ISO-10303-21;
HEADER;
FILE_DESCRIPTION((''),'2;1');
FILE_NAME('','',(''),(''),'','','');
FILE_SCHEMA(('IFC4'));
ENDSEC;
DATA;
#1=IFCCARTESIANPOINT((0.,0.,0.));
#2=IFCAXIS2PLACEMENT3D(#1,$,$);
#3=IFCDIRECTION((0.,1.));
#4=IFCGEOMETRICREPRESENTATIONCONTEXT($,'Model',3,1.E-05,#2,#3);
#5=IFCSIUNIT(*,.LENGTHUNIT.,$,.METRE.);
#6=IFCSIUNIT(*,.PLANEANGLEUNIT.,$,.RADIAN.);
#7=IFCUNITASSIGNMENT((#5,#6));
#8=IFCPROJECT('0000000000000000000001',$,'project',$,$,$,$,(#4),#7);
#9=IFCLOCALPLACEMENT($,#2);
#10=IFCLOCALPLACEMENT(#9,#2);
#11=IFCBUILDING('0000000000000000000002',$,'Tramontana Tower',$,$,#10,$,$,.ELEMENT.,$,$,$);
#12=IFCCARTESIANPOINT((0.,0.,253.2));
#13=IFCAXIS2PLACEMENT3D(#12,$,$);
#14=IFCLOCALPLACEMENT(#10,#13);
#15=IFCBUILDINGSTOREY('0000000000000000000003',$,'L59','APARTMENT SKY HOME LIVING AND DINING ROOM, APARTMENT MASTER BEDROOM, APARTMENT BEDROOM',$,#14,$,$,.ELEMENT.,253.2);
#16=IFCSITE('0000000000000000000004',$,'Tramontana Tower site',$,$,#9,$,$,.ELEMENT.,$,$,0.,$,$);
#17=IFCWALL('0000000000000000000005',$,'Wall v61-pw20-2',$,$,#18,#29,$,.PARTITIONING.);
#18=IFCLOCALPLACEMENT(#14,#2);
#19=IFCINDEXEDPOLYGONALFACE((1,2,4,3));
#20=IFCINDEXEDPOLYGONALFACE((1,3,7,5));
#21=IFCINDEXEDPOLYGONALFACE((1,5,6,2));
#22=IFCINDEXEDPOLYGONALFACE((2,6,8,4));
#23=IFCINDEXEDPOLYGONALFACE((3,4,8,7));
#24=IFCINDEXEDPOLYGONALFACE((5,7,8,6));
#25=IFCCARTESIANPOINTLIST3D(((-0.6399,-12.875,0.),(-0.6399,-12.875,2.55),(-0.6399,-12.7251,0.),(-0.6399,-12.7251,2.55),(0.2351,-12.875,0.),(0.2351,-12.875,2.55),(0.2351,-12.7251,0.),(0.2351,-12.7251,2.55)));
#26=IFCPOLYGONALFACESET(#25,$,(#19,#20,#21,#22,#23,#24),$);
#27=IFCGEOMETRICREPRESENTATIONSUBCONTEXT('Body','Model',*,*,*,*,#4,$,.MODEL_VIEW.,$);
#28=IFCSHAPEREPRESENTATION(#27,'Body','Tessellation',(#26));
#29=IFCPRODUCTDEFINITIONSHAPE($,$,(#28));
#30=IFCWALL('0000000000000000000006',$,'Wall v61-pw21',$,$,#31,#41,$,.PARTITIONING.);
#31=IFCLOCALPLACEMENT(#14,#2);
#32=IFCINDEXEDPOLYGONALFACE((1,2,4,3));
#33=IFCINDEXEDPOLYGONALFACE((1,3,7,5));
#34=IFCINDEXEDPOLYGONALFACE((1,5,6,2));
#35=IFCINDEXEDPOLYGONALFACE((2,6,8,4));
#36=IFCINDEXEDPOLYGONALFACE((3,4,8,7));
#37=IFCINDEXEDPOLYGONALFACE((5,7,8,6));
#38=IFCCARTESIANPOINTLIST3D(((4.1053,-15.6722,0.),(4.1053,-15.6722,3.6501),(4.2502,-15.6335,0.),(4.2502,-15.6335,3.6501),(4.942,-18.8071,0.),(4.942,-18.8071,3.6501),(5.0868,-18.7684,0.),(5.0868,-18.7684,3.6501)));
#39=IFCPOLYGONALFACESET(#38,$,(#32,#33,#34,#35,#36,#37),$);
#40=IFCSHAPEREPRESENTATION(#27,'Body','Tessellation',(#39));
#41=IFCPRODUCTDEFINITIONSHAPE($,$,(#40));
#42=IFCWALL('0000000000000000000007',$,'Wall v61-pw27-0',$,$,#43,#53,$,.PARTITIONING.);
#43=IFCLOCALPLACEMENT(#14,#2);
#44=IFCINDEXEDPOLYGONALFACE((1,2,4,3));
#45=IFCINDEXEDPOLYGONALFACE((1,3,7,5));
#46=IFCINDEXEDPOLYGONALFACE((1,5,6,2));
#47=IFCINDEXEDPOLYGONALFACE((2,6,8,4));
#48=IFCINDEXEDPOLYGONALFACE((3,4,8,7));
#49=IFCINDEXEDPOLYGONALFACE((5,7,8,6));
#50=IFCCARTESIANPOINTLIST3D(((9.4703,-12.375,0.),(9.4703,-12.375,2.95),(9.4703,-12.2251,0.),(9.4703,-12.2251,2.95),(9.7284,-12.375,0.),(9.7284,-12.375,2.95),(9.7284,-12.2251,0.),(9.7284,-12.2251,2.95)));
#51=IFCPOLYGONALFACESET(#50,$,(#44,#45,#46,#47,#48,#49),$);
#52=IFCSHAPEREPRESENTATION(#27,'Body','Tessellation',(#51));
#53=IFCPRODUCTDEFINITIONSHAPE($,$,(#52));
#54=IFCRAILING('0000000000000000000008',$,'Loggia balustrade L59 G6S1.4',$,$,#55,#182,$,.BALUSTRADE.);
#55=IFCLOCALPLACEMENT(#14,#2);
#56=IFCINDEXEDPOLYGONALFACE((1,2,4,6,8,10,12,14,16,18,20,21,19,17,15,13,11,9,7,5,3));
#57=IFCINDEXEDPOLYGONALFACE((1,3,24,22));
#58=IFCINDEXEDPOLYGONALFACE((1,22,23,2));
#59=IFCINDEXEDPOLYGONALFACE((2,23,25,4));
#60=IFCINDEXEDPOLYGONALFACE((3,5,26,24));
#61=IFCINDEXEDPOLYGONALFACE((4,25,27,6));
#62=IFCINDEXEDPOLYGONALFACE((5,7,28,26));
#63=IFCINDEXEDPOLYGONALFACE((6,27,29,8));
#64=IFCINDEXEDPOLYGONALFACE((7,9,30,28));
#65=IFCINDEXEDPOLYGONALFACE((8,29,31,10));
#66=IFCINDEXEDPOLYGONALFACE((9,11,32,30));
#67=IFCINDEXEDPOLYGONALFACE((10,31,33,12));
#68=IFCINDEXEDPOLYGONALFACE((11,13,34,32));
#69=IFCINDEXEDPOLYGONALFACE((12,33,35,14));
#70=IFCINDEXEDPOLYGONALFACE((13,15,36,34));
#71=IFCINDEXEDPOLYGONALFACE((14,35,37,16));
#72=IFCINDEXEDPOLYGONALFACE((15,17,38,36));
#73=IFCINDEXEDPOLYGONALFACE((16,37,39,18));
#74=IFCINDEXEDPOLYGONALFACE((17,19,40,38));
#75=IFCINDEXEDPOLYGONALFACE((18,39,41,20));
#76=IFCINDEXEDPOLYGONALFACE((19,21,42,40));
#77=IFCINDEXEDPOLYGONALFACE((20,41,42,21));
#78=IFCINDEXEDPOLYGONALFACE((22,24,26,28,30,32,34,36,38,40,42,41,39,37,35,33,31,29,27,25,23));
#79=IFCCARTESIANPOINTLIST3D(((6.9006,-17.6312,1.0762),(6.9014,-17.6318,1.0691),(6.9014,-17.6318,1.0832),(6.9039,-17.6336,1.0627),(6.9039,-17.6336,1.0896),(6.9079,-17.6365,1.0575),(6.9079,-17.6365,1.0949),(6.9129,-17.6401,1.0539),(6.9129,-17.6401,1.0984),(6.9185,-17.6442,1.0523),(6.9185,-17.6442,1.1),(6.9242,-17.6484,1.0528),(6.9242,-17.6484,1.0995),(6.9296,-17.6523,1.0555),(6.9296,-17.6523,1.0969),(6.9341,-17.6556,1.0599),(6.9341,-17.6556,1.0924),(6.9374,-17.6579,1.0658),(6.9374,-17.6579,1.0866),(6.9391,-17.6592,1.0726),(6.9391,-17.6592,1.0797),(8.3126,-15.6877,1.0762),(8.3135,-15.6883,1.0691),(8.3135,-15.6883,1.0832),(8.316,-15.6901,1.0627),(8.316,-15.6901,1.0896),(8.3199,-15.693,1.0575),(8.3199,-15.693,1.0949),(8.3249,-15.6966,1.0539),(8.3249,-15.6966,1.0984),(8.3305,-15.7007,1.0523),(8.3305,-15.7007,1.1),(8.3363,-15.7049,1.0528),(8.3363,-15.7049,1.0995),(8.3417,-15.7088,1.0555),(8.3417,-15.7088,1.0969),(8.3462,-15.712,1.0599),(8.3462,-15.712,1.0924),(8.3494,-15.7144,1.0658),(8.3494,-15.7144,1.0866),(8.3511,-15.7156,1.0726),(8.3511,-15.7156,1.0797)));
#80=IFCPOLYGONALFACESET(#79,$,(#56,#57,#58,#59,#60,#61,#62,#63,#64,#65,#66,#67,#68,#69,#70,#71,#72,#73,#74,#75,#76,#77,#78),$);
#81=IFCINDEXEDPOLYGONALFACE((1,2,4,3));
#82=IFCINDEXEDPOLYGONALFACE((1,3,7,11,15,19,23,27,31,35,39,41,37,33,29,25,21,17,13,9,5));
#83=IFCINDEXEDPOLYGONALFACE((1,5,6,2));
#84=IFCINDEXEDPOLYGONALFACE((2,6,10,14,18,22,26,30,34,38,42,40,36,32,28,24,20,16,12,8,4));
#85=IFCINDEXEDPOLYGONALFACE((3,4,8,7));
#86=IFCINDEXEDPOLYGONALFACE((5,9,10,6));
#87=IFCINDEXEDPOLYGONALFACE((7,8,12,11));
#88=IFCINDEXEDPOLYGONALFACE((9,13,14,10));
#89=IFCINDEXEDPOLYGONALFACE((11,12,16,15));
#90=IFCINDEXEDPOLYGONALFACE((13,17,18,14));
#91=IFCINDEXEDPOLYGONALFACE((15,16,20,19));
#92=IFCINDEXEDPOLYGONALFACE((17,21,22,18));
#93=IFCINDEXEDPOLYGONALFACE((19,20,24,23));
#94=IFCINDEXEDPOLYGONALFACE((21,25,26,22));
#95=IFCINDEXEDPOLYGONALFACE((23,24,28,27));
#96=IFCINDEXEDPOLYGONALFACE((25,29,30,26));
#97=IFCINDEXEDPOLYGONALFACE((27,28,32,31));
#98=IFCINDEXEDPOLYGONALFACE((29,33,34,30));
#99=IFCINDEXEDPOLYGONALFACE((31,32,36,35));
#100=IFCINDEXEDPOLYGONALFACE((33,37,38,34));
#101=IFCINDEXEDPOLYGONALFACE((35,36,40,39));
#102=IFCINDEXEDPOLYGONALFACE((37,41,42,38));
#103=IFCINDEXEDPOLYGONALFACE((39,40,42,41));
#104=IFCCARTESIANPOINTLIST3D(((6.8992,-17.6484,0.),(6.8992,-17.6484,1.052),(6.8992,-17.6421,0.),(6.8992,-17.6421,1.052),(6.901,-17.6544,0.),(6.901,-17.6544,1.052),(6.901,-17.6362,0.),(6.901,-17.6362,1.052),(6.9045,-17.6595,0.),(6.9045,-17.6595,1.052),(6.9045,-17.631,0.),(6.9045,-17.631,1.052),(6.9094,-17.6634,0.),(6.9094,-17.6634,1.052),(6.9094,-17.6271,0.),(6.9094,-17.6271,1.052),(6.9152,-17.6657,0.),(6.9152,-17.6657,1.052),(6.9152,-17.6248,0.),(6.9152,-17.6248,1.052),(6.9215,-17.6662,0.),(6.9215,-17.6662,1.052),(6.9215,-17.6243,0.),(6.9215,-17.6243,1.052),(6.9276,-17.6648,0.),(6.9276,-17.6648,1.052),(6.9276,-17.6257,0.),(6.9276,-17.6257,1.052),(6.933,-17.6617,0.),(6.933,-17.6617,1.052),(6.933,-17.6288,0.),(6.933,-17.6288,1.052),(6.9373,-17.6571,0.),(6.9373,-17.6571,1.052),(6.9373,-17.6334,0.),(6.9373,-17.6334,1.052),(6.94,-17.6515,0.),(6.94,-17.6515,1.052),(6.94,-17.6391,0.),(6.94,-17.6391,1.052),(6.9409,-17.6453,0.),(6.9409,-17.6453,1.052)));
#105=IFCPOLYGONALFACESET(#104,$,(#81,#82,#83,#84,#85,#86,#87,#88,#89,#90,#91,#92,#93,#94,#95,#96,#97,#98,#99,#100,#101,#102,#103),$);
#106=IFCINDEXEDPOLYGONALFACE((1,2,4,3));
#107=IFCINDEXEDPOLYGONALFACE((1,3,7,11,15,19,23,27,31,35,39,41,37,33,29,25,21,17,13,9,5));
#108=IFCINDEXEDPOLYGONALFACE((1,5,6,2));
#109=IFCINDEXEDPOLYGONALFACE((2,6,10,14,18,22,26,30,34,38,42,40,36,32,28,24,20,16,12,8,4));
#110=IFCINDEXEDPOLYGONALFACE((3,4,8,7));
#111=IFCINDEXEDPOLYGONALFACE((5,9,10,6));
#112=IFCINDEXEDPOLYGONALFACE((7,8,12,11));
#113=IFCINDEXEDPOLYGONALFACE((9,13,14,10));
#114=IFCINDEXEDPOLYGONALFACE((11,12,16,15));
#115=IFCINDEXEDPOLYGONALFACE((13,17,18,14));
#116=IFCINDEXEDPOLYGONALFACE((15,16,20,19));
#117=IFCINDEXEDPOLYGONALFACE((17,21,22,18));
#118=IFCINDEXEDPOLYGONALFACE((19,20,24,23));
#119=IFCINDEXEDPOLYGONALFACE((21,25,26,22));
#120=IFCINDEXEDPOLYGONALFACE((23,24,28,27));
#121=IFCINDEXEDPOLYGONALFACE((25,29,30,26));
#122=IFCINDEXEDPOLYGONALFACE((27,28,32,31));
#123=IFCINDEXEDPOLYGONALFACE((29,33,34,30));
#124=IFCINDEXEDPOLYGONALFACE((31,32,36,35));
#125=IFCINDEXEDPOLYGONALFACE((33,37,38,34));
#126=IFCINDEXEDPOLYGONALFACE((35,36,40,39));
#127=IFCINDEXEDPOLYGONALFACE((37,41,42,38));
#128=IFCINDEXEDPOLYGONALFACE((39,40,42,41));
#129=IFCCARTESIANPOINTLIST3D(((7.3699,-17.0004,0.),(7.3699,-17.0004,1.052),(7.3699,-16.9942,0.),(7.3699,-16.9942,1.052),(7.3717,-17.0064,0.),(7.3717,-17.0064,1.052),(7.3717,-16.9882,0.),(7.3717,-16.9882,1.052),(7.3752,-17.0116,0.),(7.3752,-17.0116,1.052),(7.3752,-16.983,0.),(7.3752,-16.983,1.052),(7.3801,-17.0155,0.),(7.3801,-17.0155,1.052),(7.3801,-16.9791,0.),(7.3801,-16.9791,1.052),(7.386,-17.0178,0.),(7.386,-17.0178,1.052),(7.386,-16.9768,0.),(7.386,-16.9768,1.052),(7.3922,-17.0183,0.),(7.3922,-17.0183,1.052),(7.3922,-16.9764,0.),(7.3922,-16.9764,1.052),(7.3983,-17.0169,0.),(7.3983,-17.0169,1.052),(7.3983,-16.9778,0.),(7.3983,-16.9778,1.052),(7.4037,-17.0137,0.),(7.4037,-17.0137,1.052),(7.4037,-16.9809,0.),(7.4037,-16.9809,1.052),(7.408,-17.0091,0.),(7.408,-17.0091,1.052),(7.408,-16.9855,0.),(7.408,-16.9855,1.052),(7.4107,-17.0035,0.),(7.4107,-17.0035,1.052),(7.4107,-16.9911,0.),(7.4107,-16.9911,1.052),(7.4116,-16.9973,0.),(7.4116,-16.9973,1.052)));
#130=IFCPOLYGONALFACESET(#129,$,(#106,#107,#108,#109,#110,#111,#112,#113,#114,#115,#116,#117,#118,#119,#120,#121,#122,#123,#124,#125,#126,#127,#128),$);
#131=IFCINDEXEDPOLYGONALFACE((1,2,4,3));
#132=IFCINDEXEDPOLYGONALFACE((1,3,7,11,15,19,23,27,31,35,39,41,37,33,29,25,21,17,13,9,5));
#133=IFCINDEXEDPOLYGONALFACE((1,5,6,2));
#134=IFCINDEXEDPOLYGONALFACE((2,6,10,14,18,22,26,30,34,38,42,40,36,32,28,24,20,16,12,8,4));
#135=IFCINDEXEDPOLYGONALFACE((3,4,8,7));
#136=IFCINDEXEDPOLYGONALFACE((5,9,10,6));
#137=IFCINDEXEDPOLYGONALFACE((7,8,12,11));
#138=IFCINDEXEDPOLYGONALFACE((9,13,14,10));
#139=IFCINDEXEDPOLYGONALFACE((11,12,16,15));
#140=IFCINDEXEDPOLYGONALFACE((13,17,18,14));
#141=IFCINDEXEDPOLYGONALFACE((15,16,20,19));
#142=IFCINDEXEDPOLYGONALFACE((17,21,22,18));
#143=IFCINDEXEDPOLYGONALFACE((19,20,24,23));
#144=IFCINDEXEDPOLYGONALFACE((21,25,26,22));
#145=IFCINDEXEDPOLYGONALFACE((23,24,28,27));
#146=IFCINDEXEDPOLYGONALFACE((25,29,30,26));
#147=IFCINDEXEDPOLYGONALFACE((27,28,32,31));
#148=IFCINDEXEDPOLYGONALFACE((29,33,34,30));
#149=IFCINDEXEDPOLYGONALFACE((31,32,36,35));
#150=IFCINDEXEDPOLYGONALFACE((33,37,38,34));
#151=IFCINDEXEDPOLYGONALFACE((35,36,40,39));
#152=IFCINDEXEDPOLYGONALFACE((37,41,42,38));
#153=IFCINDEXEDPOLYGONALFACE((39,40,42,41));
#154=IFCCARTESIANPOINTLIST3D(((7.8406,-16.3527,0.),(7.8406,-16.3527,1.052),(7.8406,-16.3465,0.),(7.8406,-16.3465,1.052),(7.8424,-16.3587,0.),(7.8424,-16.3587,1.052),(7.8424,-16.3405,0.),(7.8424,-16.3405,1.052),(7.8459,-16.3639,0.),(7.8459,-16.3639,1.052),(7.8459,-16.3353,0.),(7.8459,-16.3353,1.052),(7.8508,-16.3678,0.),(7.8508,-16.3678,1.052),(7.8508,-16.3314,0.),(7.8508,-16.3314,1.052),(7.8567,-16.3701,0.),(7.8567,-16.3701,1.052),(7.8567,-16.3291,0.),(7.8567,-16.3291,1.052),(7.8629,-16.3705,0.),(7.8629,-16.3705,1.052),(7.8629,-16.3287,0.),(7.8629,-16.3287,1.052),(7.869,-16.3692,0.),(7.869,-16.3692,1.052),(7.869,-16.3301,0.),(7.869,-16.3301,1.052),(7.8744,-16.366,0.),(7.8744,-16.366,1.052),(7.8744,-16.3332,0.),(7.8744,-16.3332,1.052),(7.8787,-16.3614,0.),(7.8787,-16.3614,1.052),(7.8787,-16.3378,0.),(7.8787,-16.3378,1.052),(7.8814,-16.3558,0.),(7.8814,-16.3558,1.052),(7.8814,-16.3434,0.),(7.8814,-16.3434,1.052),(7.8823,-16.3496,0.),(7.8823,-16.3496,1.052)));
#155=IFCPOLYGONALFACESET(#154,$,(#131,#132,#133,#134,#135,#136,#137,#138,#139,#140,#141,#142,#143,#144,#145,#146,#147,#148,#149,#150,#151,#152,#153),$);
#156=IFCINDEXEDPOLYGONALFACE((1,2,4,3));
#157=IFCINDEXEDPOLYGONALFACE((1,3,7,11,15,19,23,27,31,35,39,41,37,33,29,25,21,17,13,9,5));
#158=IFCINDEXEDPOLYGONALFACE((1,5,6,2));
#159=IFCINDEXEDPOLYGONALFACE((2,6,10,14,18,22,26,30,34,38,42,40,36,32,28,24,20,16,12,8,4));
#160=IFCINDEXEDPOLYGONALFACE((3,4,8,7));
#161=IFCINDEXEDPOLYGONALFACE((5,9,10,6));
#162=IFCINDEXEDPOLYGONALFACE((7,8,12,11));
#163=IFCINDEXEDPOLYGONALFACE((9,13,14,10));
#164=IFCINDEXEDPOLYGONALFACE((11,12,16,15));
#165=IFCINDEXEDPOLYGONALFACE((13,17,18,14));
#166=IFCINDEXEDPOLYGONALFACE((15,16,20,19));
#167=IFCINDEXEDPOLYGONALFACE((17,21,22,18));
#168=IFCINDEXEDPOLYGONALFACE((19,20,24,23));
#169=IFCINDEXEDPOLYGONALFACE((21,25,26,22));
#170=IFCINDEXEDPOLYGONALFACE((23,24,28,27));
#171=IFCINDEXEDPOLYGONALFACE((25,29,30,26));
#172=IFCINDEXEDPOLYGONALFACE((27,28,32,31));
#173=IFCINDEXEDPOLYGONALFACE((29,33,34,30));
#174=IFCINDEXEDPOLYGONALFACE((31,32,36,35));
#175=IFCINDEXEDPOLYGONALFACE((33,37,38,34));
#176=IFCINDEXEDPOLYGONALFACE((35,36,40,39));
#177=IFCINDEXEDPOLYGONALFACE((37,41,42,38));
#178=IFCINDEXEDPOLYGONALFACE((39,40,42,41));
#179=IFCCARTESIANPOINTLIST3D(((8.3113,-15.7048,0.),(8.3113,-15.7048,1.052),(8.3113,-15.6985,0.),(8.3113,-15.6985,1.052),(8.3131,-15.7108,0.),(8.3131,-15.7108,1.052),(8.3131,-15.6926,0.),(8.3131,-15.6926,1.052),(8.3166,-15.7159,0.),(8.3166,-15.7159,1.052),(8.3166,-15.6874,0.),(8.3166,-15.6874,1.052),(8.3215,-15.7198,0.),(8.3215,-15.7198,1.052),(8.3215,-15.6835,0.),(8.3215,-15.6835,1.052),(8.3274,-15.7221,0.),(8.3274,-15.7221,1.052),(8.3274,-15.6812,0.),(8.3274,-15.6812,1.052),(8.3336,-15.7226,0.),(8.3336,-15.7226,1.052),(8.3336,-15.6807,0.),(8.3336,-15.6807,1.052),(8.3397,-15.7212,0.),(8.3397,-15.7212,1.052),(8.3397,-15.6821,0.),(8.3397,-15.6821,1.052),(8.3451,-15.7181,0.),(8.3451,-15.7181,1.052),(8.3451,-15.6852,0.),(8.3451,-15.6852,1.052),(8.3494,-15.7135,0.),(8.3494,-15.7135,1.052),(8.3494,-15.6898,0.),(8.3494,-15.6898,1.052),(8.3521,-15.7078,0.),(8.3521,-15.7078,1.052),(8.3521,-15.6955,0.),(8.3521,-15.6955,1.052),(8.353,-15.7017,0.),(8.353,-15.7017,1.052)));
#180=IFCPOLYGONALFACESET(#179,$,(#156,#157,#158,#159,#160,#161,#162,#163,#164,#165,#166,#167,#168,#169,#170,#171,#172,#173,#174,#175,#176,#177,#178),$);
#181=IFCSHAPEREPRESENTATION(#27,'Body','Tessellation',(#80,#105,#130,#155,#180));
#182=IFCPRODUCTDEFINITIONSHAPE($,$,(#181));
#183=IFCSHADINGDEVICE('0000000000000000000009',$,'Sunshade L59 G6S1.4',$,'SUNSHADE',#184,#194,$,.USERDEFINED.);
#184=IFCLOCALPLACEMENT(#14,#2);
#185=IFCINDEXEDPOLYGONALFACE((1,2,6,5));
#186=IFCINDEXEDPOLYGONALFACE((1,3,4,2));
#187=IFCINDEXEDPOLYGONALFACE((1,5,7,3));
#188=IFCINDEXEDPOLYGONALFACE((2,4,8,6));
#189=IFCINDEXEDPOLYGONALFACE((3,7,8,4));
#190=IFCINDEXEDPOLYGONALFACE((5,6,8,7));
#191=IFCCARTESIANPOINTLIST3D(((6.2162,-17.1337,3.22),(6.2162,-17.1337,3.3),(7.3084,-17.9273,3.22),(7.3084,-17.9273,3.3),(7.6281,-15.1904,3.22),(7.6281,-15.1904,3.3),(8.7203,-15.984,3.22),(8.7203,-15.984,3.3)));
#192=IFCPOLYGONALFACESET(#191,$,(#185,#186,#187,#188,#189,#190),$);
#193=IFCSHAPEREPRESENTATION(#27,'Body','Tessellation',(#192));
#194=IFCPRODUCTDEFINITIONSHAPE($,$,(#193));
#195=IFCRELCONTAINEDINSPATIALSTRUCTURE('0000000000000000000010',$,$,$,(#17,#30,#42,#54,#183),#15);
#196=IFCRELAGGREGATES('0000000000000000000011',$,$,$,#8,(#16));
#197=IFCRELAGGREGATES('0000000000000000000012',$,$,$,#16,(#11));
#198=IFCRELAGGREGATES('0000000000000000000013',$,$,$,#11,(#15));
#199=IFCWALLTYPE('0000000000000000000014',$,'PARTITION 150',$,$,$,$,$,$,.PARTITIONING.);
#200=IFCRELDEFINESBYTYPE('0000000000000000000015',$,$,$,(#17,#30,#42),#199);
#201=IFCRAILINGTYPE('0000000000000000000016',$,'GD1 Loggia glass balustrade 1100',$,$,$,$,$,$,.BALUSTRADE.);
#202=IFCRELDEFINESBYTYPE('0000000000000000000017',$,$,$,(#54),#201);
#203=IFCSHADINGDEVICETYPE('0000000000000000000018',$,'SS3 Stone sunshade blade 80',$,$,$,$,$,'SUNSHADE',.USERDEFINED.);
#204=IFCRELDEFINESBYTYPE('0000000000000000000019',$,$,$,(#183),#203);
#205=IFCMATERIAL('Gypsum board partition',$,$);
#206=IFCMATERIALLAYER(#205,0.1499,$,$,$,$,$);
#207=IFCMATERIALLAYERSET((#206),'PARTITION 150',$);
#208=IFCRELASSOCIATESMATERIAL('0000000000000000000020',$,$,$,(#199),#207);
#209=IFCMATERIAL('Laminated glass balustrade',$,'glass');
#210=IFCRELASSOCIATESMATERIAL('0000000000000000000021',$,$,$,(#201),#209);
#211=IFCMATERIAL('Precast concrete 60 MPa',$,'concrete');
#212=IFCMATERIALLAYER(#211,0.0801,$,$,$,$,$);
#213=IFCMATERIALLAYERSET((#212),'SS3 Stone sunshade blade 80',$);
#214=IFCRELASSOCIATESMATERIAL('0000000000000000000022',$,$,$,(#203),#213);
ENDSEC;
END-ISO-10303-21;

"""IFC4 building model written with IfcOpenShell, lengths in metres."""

from ifc_helpers import new_model, si_unit, direction, frame, frame_2d, origin, origin_2d, place, context, subcontext, project, spatial, rectangle, circle, extrude, material, layer, layer_set, type_object, element, save


model = new_model("IFC4")

# Units and contexts
model_context = context("Model", 3, precision=1e-05, world=origin(), true_north=direction((0.0, 1.0)))
body_context = subcontext(model_context, "Body", "Model", "MODEL_VIEW")
ifc_project = project(units=[si_unit("LENGTHUNIT", "METRE"), si_unit("PLANEANGLEUNIT", "RADIAN")], contexts=[model_context])

# Site, building, storey
site_placement = place(None, origin())
site = spatial("IfcSite", under=ifc_project, at=site_placement, Name="Tramontana Tower site", CompositionType="ELEMENT", RefElevation=0.0)
building_placement = place(site_placement, origin())
building = spatial("IfcBuilding", under=site, at=building_placement, Name="Tramontana Tower", CompositionType="ELEMENT")
storey_placement = place(building_placement, frame((0.0, 0.0, 253.2)))
storey = spatial("IfcBuildingStorey", under=building, at=storey_placement, Name="L59", Description="APARTMENT SKY HOME LIVING AND DINING ROOM, APARTMENT MASTER BEDROOM, APARTMENT BEDROOM", CompositionType="ELEMENT", Elevation=253.2)

# Shared definitions
ifc_material_1 = material(Name="Gypsum board partition")
ifc_layer_1 = layer(ifc_material_1, 0.1499)
ifc_layer_set_1 = layer_set([ifc_layer_1], Name="PARTITION 150")
wall_type_1 = type_object("IfcWallType", Name="PARTITION 150", PredefinedType="PARTITIONING", material=ifc_layer_set_1)

# Walls
wall_1_placement = place(storey_placement, frame((0.2351, -12.8, 0.0), z_axis=(0.0, 0.0, 1.0), x_axis=(-1.0, 0.0, 0.0)))
element("IfcWall", 1, at=wall_1_placement, inside=storey, type_object=wall_type_1, Name="Wall v61-pw20-2", PredefinedType="PARTITIONING", context=body_context, shape_type="SweptSolid", body=[
    extrude(rectangle(XDim=0.875, YDim=0.1499, at=frame_2d((0.4375, 0.0))), origin(), (0.0, 0.0, 1.0), 2.55),
])
wall_2_placement = place(storey_placement, frame((4.1777, -15.6528, 0.0), z_axis=(0.0, 0.0, 1.0), x_axis=(0.257855, -0.966184, 0.0)))
element("IfcWall", 2, at=wall_2_placement, inside=storey, type_object=wall_type_1, Name="Wall v61-pw21", PredefinedType="PARTITIONING", context=body_context, shape_type="SweptSolid", body=[
    extrude(rectangle(XDim=3.2446, YDim=0.1499, at=frame_2d((1.6223, 0.0))), origin(), (0.0, 0.0, 1.0), 3.6501),
])
wall_3_placement = place(storey_placement, frame((9.7283, -12.3, 0.0), z_axis=(0.0, 0.0, 1.0), x_axis=(-1.0, 0.0, 0.0)))
element("IfcWall", 3, at=wall_3_placement, inside=storey, type_object=wall_type_1, Name="Wall v61-pw27-0", PredefinedType="PARTITIONING", context=body_context, shape_type="SweptSolid", body=[
    extrude(rectangle(XDim=0.2581, YDim=0.1499, at=frame_2d((0.1289, 0.0))), origin(), (0.0, 0.0, 1.0), 2.95),
])

# Railing
ifc_material_2 = material(Name="Laminated glass balustrade", Category="glass")
railing_type = type_object("IfcRailingType", Name="GD1 Loggia glass balustrade 1100", PredefinedType="BALUSTRADE", material=ifc_material_2)
railing_placement = place(storey_placement, frame((6.9199, -17.6453, 0.0)))
element("IfcRailing", 4, at=railing_placement, inside=storey, type_object=railing_type, Name="Loggia balustrade L59 G6S1.4", PredefinedType="BALUSTRADE", context=body_context, shape_type="SweptSolid", body=[
    extrude(circle(Radius=0.0239, at=origin_2d()), frame((0.0, 0.0, 1.0762), z_axis=(0.587785, 0.809017, 0.0), x_axis=(-0.809017, 0.587785, 0.0)), (0.0, 0.0, 1.0), 2.4023),
    extrude(circle(Radius=0.021, at=origin_2d()), origin(), (0.0, 0.0, 1.0), 1.052),
    extrude(circle(Radius=0.021, at=origin_2d()), frame((0.4707, 0.6479, 0.0)), (0.0, 0.0, 1.0), 1.052),
    extrude(circle(Radius=0.021, at=origin_2d()), frame((0.9414, 1.2957, 0.0)), (0.0, 0.0, 1.0), 1.052),
    extrude(circle(Radius=0.021, at=origin_2d()), frame((1.4121, 1.9436, 0.0)), (0.0, 0.0, 1.0), 1.052),
])

# Shading device
ifc_material_3 = material(Name="Precast concrete 60 MPa", Category="concrete")
ifc_layer_2 = layer(ifc_material_3, 0.0801)
ifc_layer_set_2 = layer_set([ifc_layer_2], Name="SS3 Stone sunshade blade 80")
shading_device_type = type_object("IfcShadingDeviceType", Name="SS3 Stone sunshade blade 80", ElementType="SUNSHADE", PredefinedType="USERDEFINED", material=ifc_layer_set_2)
shading_device_placement = place(storey_placement, frame((7.4683, -16.5588, 3.22), z_axis=(0.0, 0.0, 1.0), x_axis=(0.587785, 0.809017, 0.0)))
element("IfcShadingDevice", 5, at=shading_device_placement, inside=storey, type_object=shading_device_type, Name="Sunshade L59 G6S1.4", ObjectType="SUNSHADE", PredefinedType="USERDEFINED", context=body_context, shape_type="SweptSolid", body=[
    extrude(rectangle(XDim=2.4021, YDim=1.3501, at=origin_2d()), origin(), (0.0, 0.0, 1.0), 0.0801),
])

save(model, "model.ifc")
